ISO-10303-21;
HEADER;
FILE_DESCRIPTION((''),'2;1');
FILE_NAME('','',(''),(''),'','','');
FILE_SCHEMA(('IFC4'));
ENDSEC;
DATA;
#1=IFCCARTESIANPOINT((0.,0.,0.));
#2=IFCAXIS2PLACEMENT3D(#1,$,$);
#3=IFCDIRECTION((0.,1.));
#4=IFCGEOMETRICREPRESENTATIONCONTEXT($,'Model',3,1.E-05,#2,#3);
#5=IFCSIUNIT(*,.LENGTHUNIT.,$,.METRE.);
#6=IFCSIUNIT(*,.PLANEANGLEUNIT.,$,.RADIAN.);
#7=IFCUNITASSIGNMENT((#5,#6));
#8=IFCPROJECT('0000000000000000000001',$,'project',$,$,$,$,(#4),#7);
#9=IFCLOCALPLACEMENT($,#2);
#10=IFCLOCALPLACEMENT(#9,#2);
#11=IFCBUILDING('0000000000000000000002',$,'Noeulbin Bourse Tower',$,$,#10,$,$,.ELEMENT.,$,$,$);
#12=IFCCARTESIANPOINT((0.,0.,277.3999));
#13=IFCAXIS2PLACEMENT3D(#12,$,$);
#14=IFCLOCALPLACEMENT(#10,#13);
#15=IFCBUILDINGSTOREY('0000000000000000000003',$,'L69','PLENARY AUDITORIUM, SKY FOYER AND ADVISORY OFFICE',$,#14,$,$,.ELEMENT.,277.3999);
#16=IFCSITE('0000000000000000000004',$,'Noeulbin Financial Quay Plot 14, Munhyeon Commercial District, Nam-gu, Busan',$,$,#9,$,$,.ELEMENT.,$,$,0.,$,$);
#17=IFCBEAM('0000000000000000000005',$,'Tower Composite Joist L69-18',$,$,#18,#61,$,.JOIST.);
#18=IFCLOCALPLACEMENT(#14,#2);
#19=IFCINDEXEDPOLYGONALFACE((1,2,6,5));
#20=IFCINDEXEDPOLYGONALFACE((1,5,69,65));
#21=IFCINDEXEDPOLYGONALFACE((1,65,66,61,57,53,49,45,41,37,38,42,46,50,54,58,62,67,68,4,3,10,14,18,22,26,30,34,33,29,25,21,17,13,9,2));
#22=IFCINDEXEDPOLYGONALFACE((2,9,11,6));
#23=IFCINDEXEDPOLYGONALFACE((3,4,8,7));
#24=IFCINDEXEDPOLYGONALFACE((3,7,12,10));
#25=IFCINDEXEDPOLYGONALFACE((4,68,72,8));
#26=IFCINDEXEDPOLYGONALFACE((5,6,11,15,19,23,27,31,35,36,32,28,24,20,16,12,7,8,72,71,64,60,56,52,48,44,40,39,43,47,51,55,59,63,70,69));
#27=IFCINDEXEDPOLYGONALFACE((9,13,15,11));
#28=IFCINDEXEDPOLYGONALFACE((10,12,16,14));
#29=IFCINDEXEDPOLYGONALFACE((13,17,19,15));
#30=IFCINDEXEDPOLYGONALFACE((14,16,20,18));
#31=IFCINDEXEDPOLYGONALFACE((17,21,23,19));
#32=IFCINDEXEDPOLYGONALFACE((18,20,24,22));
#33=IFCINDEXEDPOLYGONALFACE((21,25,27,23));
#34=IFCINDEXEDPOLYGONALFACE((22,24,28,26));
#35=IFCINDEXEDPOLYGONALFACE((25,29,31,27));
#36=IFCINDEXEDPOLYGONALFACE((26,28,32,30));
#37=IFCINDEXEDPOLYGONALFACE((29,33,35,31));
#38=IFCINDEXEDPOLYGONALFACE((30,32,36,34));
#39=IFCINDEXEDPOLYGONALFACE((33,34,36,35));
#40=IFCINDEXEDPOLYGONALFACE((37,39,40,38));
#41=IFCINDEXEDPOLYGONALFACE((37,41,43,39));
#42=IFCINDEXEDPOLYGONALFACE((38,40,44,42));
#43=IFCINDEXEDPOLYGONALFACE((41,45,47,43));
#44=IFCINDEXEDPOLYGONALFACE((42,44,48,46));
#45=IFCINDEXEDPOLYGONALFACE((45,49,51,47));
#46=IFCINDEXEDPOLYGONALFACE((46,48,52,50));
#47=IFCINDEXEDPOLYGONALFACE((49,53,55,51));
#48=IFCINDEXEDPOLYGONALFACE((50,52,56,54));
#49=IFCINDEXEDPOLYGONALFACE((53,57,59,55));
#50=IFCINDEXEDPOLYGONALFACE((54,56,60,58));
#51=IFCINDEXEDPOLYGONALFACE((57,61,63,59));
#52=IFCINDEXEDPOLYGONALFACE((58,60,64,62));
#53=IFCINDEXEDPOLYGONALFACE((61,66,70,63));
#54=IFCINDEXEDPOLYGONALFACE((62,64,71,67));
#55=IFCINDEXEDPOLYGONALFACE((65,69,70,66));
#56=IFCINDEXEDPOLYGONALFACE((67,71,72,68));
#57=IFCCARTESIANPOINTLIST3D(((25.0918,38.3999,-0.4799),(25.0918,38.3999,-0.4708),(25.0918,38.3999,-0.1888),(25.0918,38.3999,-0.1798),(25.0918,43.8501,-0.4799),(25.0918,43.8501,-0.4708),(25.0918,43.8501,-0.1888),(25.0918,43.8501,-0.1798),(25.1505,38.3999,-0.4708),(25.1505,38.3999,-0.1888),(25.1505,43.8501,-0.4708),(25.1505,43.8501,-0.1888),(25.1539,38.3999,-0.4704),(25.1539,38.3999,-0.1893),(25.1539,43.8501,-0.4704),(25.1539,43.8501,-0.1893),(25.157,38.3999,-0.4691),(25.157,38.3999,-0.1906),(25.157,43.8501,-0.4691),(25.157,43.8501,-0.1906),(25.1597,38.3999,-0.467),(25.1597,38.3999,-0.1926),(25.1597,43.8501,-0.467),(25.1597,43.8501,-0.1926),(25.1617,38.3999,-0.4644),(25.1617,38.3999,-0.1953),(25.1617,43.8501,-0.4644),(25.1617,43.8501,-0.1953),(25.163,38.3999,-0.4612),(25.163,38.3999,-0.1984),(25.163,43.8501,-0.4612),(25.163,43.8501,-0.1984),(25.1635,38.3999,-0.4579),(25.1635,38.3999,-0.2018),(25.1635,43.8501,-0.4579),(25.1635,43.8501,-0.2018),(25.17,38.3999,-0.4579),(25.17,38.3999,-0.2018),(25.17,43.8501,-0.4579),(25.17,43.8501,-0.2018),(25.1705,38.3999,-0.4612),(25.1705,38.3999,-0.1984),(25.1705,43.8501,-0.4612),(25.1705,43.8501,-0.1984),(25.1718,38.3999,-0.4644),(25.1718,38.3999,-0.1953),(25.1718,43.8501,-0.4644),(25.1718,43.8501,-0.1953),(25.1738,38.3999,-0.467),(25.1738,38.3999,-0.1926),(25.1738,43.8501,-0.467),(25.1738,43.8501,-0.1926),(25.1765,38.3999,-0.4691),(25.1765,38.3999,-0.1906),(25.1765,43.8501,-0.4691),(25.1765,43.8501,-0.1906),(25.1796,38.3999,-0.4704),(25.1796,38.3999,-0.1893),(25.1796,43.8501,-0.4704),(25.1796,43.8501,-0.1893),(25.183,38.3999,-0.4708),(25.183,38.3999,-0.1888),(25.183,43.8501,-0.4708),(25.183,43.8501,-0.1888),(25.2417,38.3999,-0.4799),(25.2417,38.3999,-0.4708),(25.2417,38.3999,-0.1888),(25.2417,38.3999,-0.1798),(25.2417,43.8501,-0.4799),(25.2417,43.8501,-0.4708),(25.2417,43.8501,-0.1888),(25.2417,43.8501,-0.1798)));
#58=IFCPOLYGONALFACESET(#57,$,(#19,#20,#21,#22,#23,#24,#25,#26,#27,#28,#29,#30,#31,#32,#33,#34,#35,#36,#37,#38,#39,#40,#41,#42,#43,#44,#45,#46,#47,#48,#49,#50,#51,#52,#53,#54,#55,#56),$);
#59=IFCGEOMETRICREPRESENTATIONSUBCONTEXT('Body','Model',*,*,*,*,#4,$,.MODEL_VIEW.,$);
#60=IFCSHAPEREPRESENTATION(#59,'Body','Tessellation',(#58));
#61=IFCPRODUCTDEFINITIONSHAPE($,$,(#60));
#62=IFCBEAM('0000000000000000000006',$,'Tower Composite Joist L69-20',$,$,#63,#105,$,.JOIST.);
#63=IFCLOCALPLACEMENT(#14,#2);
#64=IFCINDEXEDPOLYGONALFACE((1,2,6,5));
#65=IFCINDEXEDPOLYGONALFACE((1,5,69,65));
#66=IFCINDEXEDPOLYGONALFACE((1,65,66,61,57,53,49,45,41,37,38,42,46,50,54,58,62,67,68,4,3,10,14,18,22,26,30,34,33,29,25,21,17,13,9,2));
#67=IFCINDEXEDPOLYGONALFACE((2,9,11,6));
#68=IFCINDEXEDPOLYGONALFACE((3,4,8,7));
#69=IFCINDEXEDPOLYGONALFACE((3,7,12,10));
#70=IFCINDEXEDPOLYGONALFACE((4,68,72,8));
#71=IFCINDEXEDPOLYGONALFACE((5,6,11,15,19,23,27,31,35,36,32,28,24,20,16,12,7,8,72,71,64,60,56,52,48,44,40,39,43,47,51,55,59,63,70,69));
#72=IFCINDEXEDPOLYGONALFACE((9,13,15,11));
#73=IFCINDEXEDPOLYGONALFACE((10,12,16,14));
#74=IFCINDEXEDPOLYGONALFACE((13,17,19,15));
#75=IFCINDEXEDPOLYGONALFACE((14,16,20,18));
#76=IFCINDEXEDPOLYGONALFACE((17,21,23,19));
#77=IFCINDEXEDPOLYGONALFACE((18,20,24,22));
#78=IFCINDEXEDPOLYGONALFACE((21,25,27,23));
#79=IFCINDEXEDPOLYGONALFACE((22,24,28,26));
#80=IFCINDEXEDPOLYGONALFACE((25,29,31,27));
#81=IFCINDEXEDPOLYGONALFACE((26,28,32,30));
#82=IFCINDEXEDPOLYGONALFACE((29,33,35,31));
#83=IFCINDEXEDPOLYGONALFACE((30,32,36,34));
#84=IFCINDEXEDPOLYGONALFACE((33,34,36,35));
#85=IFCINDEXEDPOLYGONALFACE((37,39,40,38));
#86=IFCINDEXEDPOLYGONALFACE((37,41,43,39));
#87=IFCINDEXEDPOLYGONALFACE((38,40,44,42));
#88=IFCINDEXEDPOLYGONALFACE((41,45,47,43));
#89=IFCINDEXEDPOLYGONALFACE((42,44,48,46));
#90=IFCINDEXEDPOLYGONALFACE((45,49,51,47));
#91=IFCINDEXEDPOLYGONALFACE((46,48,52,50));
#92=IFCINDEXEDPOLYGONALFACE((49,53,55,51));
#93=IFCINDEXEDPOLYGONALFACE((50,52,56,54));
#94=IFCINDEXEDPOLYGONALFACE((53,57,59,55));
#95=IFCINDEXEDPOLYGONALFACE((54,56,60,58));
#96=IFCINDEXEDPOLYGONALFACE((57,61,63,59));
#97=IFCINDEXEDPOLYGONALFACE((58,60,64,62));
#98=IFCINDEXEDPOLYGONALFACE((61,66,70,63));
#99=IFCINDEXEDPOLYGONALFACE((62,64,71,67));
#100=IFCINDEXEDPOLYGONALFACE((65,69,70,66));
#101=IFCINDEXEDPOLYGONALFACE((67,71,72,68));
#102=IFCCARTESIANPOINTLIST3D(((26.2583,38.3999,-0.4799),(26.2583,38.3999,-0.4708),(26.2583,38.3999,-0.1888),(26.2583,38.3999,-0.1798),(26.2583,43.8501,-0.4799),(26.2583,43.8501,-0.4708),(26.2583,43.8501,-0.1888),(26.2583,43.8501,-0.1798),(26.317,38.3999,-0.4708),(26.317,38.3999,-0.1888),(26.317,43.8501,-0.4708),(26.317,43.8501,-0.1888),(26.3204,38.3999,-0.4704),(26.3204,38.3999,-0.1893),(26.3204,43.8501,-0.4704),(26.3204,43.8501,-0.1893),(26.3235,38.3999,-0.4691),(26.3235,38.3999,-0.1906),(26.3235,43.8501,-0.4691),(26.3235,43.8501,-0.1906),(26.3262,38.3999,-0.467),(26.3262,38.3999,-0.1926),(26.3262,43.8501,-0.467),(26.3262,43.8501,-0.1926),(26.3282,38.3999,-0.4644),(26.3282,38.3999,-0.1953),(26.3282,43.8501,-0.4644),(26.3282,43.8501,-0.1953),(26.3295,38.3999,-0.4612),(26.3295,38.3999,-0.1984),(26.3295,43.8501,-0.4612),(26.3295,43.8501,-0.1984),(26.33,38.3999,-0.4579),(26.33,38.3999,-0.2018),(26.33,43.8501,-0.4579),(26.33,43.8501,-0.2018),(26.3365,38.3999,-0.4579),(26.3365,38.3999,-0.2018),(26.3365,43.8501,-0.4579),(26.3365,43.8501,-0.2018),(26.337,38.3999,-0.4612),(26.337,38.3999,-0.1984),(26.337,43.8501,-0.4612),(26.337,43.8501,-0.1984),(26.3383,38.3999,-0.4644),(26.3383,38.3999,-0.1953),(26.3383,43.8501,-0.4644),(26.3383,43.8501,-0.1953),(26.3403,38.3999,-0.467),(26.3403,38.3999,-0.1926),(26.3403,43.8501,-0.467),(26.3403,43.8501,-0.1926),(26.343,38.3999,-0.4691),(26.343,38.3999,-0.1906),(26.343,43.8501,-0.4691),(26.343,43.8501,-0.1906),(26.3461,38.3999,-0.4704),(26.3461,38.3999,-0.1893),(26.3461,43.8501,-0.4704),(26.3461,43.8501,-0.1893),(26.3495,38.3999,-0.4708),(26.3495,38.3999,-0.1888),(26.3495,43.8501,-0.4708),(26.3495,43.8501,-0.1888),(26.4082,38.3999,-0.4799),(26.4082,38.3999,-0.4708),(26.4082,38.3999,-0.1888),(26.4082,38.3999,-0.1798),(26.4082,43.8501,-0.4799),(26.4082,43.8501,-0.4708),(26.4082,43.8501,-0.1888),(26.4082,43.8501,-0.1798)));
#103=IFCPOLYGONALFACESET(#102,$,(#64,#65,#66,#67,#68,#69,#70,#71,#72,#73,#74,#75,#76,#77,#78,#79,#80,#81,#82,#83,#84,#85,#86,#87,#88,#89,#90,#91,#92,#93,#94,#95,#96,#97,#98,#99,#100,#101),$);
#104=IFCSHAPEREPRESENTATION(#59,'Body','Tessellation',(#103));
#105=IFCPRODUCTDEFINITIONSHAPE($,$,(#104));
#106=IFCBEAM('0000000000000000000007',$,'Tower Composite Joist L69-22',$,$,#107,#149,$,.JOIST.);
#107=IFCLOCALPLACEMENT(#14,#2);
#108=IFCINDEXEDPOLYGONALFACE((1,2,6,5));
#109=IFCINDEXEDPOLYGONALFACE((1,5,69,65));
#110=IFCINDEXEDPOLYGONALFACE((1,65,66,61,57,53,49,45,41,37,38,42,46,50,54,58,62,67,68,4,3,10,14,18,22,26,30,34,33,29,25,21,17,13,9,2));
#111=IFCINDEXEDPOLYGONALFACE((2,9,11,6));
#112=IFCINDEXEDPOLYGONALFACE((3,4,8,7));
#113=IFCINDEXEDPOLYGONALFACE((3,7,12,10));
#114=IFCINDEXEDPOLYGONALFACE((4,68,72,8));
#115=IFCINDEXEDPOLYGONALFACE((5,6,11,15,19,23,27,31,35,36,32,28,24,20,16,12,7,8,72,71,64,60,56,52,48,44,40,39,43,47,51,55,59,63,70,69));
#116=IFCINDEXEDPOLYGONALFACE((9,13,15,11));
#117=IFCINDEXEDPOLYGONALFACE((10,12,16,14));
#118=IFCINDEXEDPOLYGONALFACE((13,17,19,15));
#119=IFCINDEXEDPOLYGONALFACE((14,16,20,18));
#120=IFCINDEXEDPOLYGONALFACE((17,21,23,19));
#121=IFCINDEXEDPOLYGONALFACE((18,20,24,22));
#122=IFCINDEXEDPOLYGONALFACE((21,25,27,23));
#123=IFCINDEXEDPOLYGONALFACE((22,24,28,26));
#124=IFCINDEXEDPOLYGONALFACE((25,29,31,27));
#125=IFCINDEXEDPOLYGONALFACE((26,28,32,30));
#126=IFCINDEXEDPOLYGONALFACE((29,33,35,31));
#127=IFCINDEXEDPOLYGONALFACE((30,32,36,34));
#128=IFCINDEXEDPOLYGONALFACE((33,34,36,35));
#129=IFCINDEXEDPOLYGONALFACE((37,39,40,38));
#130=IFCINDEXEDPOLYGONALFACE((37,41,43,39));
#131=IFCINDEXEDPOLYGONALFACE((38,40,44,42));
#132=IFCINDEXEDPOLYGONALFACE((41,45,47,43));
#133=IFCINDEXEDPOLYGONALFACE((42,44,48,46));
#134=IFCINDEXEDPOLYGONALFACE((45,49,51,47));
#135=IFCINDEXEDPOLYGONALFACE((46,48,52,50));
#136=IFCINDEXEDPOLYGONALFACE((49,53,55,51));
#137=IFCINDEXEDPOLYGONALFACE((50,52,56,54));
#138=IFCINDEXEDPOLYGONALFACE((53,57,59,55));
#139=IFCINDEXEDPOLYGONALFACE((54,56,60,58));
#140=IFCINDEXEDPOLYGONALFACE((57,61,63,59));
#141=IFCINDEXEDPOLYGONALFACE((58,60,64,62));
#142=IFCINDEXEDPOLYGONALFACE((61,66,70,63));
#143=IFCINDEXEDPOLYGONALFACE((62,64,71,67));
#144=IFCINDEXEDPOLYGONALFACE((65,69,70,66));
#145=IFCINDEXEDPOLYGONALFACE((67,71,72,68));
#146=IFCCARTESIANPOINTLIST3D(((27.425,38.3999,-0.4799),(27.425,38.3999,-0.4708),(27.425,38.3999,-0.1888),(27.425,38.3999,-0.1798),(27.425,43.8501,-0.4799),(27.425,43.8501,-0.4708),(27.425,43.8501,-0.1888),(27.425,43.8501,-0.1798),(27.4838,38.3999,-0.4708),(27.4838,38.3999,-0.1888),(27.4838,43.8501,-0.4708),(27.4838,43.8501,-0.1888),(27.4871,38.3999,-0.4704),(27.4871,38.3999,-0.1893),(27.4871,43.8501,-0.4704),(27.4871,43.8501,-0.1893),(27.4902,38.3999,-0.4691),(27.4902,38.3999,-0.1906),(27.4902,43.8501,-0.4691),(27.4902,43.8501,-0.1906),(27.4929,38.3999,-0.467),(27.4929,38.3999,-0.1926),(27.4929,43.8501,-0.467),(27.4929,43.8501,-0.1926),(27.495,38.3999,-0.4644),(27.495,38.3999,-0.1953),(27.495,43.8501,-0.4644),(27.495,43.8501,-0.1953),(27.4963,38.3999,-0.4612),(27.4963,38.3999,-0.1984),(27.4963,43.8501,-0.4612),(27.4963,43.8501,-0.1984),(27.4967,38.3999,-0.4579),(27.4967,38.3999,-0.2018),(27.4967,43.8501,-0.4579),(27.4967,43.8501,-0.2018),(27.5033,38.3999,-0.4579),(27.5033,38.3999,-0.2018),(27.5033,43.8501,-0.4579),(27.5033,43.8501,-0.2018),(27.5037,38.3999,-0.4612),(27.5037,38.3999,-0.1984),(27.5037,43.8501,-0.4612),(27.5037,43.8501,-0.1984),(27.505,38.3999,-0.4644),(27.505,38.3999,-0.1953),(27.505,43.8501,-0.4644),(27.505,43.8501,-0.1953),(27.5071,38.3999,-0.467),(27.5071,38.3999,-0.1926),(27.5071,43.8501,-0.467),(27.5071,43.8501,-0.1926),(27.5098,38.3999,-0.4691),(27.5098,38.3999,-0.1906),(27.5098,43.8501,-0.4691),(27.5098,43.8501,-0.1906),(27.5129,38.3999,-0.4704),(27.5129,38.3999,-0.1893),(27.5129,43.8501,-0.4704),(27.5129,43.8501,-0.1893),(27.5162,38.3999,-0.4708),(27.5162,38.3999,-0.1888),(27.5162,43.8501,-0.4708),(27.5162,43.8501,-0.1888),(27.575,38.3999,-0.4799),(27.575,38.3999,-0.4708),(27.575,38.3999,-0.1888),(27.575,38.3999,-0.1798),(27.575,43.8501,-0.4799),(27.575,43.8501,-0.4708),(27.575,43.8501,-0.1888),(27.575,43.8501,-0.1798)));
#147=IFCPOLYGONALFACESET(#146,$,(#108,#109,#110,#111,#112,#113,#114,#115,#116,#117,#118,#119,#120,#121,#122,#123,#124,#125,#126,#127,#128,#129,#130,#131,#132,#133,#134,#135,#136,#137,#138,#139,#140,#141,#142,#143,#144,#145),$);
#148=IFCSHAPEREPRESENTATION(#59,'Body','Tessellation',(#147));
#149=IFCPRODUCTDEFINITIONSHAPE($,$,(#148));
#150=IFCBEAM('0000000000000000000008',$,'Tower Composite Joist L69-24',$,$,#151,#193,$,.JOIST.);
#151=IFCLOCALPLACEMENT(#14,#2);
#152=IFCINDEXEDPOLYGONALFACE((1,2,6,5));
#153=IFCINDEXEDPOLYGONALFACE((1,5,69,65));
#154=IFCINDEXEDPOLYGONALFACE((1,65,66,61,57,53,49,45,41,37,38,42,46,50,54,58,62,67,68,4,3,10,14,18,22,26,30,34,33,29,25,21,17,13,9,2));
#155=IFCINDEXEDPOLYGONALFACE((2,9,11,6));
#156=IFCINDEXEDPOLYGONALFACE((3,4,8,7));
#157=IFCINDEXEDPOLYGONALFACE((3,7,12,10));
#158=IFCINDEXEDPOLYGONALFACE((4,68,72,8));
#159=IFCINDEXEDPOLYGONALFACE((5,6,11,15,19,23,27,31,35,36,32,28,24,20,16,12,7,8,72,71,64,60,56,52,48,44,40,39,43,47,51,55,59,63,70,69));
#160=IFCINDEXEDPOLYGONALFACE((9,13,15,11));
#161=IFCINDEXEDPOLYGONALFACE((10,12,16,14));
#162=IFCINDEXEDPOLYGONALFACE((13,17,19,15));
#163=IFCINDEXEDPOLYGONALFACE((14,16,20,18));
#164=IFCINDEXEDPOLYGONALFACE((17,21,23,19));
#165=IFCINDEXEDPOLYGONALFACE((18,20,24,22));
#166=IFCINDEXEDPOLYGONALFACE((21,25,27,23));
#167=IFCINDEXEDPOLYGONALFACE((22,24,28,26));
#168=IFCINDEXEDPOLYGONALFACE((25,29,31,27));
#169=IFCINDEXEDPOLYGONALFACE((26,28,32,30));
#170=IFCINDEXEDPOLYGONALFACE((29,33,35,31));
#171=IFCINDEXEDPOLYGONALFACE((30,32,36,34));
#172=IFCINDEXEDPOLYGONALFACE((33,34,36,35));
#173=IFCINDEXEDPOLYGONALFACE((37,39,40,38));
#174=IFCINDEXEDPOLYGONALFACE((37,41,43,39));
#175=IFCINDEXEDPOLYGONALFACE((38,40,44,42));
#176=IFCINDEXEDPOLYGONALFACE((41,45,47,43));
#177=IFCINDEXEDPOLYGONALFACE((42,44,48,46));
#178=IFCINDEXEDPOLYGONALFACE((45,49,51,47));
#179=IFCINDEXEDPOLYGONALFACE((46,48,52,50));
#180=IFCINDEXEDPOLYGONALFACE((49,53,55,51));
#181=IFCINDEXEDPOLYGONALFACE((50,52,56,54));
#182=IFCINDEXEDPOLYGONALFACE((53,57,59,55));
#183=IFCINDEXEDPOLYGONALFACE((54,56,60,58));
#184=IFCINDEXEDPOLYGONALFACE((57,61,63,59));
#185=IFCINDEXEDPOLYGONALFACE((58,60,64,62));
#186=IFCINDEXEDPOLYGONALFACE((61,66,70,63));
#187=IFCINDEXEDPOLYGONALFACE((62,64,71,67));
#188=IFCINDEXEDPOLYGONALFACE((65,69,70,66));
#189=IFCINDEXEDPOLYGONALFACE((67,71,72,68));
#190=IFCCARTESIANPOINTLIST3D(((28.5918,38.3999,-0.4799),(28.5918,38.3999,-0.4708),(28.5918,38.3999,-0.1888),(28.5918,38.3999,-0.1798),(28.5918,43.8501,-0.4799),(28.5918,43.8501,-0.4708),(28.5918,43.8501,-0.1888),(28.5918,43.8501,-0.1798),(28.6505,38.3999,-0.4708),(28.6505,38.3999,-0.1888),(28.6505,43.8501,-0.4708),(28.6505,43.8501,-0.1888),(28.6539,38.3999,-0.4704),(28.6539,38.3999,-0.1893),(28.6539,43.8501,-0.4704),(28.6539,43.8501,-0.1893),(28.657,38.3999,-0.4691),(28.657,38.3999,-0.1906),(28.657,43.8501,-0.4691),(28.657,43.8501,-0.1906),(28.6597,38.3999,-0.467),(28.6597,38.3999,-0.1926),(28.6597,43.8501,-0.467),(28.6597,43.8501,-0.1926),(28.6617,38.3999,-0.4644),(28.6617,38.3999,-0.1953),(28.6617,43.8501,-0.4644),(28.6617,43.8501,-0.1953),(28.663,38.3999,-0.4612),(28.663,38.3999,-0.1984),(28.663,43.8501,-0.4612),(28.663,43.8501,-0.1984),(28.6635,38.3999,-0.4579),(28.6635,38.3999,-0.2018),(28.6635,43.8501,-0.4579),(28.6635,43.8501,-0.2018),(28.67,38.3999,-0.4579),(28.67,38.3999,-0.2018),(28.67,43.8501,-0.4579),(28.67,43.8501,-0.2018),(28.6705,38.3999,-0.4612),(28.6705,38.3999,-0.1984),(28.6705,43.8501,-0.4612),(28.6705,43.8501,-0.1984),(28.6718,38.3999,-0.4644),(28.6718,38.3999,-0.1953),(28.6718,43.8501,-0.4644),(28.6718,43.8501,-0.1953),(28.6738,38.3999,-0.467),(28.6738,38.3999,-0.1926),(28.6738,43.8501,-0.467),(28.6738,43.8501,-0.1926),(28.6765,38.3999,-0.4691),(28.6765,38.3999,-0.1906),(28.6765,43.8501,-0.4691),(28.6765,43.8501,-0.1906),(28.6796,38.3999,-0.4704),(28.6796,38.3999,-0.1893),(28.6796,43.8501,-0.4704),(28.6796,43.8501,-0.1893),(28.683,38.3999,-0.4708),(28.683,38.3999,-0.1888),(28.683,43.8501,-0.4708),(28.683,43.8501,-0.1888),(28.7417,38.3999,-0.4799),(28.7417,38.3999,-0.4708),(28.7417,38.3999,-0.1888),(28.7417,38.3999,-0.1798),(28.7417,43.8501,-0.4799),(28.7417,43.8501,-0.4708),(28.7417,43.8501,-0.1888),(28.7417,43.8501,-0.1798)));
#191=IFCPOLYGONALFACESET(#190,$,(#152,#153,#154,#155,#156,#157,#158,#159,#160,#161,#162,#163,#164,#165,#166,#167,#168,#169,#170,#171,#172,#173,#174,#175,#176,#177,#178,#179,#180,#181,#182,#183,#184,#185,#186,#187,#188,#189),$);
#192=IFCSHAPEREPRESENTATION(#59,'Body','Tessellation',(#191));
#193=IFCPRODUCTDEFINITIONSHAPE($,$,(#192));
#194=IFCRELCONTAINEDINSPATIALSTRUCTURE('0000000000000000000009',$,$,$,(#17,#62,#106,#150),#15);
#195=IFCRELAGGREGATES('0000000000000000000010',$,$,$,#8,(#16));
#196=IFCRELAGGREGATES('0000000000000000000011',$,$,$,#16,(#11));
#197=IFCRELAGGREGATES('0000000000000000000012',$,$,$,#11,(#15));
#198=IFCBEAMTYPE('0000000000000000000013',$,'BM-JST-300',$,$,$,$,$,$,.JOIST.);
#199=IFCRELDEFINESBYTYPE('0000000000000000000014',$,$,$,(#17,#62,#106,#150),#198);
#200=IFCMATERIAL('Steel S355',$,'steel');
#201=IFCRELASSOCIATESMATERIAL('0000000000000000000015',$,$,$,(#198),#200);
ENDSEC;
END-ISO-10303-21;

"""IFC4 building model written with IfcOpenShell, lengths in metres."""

from ifc_helpers import new_model, si_unit, direction, frame, origin, origin_2d, place, context, subcontext, project, spatial, i_section, extrude, material, material_profile, profile_set, type_object, element, save


model = new_model("IFC4")

# Units and contexts
model_context = context("Model", 3, precision=1e-05, world=origin(), true_north=direction((0.0, 1.0)))
body_context = subcontext(model_context, "Body", "Model", "MODEL_VIEW")
ifc_project = project(units=[si_unit("LENGTHUNIT", "METRE"), si_unit("PLANEANGLEUNIT", "RADIAN")], contexts=[model_context])

# Site, building, storey
site_placement = place(None, origin())
site = spatial("IfcSite", under=ifc_project, at=site_placement, Name="Noeulbin Financial Quay Plot 14, Munhyeon Commercial District, Nam-gu, Busan", CompositionType="ELEMENT", RefElevation=0.0)
building_placement = place(site_placement, origin())
building = spatial("IfcBuilding", under=site, at=building_placement, Name="Noeulbin Bourse Tower", CompositionType="ELEMENT")
storey_placement = place(building_placement, frame((0.0, 0.0, 277.3999)))
storey = spatial("IfcBuildingStorey", under=building, at=storey_placement, Name="L69", Description="PLENARY AUDITORIUM, SKY FOYER AND ADVISORY OFFICE", CompositionType="ELEMENT", Elevation=277.3999)

# Shared definitions
ifc_material_1 = material(Name="Steel S355", Category="steel")

# Beams
ifc_material_profile_1 = material_profile(ifc_material_1, i_section(OverallWidth=0.1499, OverallDepth=0.3, WebThickness=0.0066, FlangeThickness=0.009, FilletRadius=0.0129, at=origin_2d()), Name="H-300x150x6.5x9", Category="LoadBearing")
ifc_profile_set_1 = profile_set([ifc_material_profile_1], Name="Steel S355")
beam_type_1 = type_object("IfcBeamType", Name="BM-JST-300", PredefinedType="JOIST", material=ifc_profile_set_1)
for number, where, z_axis, x_axis, name in (
    (1, (25.1667, 38.3999, -0.3298), (0.0, 1.0, 0.0), (-1.0, 0.0, 0.0), "Tower Composite Joist L69-18"),
    (2, (26.3333, 38.3999, -0.3298), (0.0, 1.0, 0.0), (-1.0, 0.0, 0.0), "Tower Composite Joist L69-20"),
    (3, (27.5, 38.3999, -0.3298), (0.0, 1.0, 0.0), (-1.0, 0.0, 0.0), "Tower Composite Joist L69-22"),
    (4, (28.6667, 38.3999, -0.3298), (0.0, 1.0, 0.0), (-1.0, 0.0, 0.0), "Tower Composite Joist L69-24"),
):
    element("IfcBeam", number, at=place(storey_placement, frame(where, z_axis=z_axis, x_axis=x_axis)), inside=storey, type_object=beam_type_1, Name=name, PredefinedType="JOIST", context=body_context, shape_type="SweptSolid", body=[
        extrude(i_section(OverallWidth=0.1499, OverallDepth=0.3, WebThickness=0.0066, FlangeThickness=0.009, FilletRadius=0.0129, at=origin_2d()), origin(), (0.0, 0.0, 1.0), 5.4502),
    ])

save(model, "model.ifc")
